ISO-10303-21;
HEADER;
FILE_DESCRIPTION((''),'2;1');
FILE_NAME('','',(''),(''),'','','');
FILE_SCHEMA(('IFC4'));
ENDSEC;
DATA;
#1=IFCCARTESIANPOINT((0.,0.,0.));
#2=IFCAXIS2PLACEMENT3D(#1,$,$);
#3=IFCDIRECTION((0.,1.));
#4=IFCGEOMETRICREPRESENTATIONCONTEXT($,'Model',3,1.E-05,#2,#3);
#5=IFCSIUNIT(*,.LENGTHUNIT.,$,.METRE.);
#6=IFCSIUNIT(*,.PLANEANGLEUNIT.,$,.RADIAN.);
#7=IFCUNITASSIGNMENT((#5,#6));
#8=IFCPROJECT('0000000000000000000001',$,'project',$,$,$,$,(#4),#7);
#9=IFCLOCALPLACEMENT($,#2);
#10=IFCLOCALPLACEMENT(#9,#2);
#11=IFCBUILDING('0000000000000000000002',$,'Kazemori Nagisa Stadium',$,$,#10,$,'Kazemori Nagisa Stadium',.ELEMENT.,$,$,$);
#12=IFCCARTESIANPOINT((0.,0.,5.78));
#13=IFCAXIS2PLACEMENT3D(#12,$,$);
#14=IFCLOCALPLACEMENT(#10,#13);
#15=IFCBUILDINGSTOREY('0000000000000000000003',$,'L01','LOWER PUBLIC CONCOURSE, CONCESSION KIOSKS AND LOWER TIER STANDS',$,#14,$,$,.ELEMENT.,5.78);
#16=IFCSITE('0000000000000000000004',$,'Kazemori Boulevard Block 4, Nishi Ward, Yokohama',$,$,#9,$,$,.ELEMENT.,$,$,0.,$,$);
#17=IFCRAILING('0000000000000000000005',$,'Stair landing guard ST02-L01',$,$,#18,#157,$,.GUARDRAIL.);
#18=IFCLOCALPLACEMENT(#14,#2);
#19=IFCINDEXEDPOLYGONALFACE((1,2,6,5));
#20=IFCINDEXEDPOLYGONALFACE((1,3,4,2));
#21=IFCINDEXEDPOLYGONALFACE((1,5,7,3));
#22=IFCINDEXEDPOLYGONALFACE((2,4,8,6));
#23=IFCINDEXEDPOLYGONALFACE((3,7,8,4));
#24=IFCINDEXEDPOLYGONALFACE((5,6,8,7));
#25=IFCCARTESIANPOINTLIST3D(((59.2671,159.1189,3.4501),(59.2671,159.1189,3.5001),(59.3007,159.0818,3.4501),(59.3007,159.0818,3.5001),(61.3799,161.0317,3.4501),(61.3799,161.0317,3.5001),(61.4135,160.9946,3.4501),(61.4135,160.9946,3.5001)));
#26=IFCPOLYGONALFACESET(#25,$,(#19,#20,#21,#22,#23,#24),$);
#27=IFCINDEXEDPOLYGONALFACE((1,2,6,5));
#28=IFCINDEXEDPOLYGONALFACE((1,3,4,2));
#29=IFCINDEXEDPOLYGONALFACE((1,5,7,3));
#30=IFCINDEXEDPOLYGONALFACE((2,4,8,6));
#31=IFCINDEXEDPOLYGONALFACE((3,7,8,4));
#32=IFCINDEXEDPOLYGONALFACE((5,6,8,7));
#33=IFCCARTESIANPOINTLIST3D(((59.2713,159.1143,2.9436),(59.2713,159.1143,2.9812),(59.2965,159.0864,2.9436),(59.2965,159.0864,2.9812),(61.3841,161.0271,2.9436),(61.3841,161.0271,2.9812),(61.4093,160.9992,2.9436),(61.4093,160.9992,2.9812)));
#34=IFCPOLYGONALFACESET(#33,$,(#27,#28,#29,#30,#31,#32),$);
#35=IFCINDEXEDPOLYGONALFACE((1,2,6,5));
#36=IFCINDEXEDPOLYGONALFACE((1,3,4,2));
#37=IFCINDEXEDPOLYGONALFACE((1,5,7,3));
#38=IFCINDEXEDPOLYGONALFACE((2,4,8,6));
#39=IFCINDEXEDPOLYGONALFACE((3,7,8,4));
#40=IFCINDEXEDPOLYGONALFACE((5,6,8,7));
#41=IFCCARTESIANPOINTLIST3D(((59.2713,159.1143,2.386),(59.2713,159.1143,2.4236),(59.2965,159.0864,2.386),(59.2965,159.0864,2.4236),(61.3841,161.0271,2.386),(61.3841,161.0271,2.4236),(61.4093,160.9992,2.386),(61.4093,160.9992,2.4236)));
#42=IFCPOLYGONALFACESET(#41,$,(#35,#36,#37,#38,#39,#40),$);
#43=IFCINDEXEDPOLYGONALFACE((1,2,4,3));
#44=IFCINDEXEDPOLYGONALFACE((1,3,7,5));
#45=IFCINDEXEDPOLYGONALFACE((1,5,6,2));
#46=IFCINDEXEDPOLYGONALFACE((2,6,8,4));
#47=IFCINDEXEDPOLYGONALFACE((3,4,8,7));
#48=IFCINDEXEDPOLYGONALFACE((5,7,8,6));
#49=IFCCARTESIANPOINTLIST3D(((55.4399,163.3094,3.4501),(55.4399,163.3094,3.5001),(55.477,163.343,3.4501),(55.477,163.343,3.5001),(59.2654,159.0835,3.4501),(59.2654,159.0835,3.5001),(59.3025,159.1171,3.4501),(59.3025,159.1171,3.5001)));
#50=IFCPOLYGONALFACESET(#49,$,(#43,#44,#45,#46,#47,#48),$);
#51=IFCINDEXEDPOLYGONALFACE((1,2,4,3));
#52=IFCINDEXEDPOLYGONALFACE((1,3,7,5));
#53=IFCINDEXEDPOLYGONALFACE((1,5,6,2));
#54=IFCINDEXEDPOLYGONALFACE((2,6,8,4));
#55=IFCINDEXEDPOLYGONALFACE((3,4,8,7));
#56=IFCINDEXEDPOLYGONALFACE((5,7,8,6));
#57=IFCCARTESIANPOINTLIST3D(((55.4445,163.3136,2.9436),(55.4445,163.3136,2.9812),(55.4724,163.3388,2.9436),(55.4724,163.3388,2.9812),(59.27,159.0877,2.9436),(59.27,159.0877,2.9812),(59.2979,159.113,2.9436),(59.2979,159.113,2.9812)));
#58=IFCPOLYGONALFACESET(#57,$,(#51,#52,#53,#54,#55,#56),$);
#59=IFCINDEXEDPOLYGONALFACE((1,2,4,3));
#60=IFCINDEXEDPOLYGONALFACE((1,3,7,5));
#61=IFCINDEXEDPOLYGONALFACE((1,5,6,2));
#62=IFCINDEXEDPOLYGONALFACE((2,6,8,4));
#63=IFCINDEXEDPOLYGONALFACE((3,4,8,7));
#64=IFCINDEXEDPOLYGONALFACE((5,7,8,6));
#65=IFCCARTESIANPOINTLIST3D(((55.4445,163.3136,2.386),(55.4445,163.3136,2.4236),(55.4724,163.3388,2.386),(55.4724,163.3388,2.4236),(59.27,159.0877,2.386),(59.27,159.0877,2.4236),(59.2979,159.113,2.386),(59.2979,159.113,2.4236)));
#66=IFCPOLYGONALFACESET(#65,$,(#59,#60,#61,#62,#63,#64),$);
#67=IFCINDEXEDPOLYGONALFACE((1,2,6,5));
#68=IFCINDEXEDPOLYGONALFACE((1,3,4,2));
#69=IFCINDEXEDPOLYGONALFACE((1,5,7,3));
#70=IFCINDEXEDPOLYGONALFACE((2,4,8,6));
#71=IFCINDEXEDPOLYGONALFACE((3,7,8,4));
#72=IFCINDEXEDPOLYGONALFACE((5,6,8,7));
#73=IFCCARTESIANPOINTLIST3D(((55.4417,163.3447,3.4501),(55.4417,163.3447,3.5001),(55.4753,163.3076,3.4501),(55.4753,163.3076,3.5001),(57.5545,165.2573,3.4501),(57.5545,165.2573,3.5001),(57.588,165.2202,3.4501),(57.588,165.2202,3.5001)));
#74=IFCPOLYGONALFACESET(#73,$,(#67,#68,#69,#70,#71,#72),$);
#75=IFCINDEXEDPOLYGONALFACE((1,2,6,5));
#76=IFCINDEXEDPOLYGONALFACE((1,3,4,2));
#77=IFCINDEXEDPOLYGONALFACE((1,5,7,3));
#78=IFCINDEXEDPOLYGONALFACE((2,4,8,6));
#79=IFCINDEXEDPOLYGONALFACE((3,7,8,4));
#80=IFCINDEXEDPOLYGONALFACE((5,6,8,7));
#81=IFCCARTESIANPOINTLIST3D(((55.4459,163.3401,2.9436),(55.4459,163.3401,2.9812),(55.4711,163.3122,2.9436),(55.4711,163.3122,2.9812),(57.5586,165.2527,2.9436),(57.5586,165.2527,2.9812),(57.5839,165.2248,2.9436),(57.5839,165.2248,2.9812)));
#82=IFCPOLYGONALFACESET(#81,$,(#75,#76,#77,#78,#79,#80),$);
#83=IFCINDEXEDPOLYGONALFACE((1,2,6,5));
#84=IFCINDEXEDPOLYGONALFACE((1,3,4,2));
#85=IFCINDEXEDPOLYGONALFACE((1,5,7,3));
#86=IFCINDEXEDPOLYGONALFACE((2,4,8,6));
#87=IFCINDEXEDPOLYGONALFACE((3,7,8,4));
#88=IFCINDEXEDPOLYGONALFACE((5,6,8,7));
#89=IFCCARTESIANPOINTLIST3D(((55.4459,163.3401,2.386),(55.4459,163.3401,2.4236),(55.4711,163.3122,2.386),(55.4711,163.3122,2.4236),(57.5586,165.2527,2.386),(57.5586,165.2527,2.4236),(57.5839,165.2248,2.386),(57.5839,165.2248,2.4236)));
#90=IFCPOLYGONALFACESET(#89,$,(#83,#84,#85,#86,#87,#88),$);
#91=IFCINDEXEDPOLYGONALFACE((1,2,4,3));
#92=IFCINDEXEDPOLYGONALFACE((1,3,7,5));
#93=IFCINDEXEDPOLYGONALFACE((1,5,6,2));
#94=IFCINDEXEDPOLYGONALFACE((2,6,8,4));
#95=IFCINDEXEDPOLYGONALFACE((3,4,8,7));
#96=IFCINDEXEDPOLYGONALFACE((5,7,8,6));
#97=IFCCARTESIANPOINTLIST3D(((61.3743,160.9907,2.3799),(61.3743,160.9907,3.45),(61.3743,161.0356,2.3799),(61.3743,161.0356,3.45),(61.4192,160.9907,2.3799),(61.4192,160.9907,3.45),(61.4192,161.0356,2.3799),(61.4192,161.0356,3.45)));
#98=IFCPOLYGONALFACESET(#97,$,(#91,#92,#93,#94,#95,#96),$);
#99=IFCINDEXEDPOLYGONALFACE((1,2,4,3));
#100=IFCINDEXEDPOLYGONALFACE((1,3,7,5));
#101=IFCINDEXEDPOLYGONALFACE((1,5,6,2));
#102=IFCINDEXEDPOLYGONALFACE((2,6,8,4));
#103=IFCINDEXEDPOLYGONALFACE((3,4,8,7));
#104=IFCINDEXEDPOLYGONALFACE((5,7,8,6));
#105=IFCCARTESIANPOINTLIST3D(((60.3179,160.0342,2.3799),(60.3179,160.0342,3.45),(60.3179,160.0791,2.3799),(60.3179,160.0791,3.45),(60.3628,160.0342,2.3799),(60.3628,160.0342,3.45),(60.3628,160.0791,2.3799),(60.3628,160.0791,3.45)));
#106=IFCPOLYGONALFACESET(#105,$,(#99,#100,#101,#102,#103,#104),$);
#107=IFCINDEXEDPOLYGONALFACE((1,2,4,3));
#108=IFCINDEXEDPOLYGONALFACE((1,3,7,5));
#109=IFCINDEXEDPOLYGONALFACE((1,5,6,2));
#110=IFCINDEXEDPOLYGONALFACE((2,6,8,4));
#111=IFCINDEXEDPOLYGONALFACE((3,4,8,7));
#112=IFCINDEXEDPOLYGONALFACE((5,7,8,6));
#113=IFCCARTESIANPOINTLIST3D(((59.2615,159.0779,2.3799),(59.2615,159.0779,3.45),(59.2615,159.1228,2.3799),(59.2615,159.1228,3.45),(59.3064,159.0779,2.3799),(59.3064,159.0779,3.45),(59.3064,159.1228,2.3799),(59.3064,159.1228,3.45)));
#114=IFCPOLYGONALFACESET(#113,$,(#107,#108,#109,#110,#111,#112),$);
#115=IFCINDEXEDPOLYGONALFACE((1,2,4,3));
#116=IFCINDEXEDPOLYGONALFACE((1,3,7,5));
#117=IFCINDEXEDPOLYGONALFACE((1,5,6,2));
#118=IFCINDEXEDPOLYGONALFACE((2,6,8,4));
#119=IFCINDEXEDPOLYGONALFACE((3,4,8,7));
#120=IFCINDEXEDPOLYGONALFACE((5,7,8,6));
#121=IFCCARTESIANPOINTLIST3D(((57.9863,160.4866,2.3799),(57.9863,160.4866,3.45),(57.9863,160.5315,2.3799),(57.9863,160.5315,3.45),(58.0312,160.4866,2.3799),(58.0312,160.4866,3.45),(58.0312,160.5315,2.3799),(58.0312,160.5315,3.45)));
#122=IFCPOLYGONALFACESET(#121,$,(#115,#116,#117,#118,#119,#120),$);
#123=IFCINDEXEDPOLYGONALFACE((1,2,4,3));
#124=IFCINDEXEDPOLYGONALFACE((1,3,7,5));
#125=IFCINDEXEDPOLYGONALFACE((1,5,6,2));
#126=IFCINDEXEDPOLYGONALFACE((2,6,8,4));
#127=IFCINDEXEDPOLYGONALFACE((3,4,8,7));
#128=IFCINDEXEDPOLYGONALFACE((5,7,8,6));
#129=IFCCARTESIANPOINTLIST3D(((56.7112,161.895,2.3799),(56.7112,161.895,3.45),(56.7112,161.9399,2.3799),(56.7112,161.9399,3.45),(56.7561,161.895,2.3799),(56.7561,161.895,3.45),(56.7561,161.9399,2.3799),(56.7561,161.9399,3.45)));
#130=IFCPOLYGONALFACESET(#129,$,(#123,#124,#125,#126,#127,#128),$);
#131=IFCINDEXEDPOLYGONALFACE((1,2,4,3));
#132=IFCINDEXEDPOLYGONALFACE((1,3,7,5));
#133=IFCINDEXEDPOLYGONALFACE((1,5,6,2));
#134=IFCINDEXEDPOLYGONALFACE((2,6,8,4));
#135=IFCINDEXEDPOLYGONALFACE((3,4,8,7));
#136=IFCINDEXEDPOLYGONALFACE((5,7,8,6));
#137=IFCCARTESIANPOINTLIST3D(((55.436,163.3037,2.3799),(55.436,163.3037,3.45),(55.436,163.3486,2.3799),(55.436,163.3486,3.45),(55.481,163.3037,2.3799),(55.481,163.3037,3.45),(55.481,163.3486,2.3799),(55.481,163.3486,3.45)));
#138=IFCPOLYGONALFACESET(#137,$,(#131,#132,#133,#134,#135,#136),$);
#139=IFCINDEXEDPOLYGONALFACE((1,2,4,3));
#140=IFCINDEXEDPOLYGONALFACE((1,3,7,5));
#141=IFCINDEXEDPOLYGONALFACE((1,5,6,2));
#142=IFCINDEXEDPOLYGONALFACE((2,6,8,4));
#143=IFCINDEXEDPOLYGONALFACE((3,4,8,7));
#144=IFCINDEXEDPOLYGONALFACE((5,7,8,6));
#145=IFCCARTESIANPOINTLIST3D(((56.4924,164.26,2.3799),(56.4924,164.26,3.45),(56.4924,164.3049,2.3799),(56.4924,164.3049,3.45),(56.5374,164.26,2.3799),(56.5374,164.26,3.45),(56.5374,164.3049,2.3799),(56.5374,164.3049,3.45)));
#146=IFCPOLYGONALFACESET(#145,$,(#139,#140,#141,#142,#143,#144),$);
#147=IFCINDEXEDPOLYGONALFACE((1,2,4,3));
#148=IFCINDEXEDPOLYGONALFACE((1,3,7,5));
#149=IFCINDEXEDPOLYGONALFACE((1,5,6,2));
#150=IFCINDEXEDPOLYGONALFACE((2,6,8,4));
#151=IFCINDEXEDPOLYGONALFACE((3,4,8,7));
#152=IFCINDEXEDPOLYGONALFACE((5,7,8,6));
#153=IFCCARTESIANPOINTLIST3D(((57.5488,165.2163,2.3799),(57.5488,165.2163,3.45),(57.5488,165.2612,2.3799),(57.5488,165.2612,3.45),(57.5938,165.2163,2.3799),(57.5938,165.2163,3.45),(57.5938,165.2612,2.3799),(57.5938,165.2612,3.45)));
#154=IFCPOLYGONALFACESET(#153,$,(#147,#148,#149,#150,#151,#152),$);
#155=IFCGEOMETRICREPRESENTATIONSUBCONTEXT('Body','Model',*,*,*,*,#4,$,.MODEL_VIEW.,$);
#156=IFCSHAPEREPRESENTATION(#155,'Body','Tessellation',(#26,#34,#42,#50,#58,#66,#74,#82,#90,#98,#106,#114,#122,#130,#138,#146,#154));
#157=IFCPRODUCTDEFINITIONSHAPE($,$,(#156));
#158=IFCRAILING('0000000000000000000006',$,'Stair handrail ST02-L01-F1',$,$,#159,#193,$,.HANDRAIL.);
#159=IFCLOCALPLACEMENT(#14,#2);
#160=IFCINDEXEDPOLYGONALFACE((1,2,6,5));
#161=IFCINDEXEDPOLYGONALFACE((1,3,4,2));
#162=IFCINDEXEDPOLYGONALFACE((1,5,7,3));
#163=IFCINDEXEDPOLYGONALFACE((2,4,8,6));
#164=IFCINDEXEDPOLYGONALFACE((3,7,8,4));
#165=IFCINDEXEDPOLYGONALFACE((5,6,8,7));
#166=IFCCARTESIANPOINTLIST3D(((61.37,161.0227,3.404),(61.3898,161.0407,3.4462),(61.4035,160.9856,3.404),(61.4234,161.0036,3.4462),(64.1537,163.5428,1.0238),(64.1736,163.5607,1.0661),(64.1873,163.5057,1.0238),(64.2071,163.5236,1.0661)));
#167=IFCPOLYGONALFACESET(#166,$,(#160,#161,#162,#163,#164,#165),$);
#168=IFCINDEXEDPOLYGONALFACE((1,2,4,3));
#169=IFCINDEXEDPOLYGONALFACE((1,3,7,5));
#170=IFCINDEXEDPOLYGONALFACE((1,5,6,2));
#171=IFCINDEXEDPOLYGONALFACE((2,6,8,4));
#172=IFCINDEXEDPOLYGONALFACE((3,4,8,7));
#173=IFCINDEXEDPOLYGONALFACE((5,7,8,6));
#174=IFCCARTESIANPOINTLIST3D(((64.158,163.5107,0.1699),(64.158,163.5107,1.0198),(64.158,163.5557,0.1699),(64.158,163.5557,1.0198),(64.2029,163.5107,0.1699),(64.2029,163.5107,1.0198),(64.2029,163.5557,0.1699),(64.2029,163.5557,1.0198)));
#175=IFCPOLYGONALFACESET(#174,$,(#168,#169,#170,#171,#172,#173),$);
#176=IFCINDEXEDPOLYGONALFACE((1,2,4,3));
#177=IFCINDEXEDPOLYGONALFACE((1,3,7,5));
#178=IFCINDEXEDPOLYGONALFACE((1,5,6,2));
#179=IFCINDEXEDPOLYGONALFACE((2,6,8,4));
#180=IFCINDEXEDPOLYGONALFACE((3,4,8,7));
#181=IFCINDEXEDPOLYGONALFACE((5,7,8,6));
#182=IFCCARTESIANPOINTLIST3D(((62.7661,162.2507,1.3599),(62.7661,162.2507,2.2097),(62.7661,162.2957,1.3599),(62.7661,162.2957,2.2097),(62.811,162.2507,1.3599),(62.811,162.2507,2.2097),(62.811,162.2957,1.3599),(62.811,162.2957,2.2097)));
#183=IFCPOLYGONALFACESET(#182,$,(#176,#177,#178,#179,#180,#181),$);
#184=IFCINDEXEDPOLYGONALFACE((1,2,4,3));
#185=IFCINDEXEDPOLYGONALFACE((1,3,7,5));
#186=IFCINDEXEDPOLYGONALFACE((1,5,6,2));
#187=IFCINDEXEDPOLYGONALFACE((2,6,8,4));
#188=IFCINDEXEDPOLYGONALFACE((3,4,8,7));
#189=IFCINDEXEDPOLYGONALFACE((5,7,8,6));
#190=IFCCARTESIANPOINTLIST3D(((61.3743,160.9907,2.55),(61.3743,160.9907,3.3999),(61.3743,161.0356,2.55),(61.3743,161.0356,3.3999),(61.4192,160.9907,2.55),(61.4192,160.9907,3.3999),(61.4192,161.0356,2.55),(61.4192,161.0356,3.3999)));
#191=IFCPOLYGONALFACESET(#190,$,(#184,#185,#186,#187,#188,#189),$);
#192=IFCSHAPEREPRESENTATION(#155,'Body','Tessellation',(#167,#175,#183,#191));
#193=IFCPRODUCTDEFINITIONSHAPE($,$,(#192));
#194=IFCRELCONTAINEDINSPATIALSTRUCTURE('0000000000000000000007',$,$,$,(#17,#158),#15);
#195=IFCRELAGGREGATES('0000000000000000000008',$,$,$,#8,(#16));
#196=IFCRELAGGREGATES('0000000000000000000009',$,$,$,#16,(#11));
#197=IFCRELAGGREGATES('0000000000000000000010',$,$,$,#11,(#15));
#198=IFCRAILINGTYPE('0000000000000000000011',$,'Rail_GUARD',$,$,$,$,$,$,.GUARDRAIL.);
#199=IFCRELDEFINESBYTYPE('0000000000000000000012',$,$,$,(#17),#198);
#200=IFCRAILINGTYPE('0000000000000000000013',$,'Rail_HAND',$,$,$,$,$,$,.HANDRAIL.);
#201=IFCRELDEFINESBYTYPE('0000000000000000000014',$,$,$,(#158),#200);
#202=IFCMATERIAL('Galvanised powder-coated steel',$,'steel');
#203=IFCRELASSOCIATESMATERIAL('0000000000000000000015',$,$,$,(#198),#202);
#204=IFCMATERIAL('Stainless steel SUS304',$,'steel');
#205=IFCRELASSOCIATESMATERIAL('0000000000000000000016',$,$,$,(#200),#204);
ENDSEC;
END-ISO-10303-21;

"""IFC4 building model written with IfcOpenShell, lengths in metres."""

from ifc_helpers import new_model, si_unit, direction, frame, origin, origin_2d, place, context, subcontext, project, spatial, rectangle, extrude, material, type_object, element, save


model = new_model("IFC4")

# Units and contexts
model_context = context("Model", 3, precision=1e-05, world=origin(), true_north=direction((0.0, 1.0)))
body_context = subcontext(model_context, "Body", "Model", "MODEL_VIEW")
ifc_project = project(units=[si_unit("LENGTHUNIT", "METRE"), si_unit("PLANEANGLEUNIT", "RADIAN")], contexts=[model_context])

# Site, building, storey
site_placement = place(None, origin())
site = spatial("IfcSite", under=ifc_project, at=site_placement, Name="Kazemori Boulevard Block 4, Nishi Ward, Yokohama", CompositionType="ELEMENT", RefElevation=0.0)
building_placement = place(site_placement, origin())
building = spatial("IfcBuilding", under=site, at=building_placement, Name="Kazemori Nagisa Stadium", LongName="Kazemori Nagisa Stadium", CompositionType="ELEMENT")
storey_placement = place(building_placement, frame((0.0, 0.0, 5.78)))
storey = spatial("IfcBuildingStorey", under=building, at=storey_placement, Name="L01", Description="LOWER PUBLIC CONCOURSE, CONCESSION KIOSKS AND LOWER TIER STANDS", CompositionType="ELEMENT", Elevation=5.78)

# Railings
ifc_material_1 = material(Name="Galvanised powder-coated steel", Category="steel")
railing_type_1 = type_object("IfcRailingType", Name="Rail_GUARD", PredefinedType="GUARDRAIL", material=ifc_material_1)
railing_1_placement = place(storey_placement, frame((61.3967, 161.0132, 2.3799)))
element("IfcRailing", 1, at=railing_1_placement, inside=storey, type_object=railing_type_1, Name="Stair landing guard ST02-L01", PredefinedType="GUARDRAIL", context=body_context, shape_type="SweptSolid", body=[
    extrude(rectangle(XDim=0.05, YDim=0.05, at=origin_2d()), frame((0.0, 0.0, 1.0952), z_axis=(-0.741315, -0.671158, 0.0), x_axis=(0.671158, -0.741315, 0.0)), (0.0, 0.0, 1.0), 2.8501),
    extrude(rectangle(XDim=0.0376, YDim=0.0376, at=origin_2d()), frame((0.0, 0.0, 0.5825), z_axis=(-0.741315, -0.671158, 0.0), x_axis=(0.671158, -0.741315, 0.0)), (0.0, 0.0, 1.0), 2.8501),
    extrude(rectangle(XDim=0.0376, YDim=0.0376, at=origin_2d()), frame((0.0, 0.0, 0.0249), z_axis=(-0.741315, -0.671158, 0.0), x_axis=(0.671158, -0.741315, 0.0)), (0.0, 0.0, 1.0), 2.8501),
    extrude(rectangle(XDim=0.05, YDim=0.05, at=origin_2d()), frame((-2.1128, -1.9128, 1.0952), z_axis=(-0.671113, 0.741355, 0.0), x_axis=(-0.741355, -0.671113, 0.0)), (0.0, 0.0, 1.0), 5.7002),
    extrude(rectangle(XDim=0.0376, YDim=0.0376, at=origin_2d()), frame((-2.1128, -1.9128, 0.5825), z_axis=(-0.671113, 0.741355, 0.0), x_axis=(-0.741355, -0.671113, 0.0)), (0.0, 0.0, 1.0), 5.7002),
    extrude(rectangle(XDim=0.0376, YDim=0.0376, at=origin_2d()), frame((-2.1128, -1.9128, 0.0249), z_axis=(-0.671113, 0.741355, 0.0), x_axis=(-0.741355, -0.671113, 0.0)), (0.0, 0.0, 1.0), 5.7002),
    extrude(rectangle(XDim=0.05, YDim=0.05, at=origin_2d()), frame((-5.9382, 2.313, 1.0952), z_axis=(0.741357, 0.671111, 0.0), x_axis=(-0.671111, 0.741357, 0.0)), (0.0, 0.0, 1.0), 2.8499),
    extrude(rectangle(XDim=0.0376, YDim=0.0376, at=origin_2d()), frame((-5.9382, 2.313, 0.5825), z_axis=(0.741357, 0.671111, 0.0), x_axis=(-0.671111, 0.741357, 0.0)), (0.0, 0.0, 1.0), 2.8499),
    extrude(rectangle(XDim=0.0376, YDim=0.0376, at=origin_2d()), frame((-5.9382, 2.313, 0.0249), z_axis=(0.741357, 0.671111, 0.0), x_axis=(-0.671111, 0.741357, 0.0)), (0.0, 0.0, 1.0), 2.8499),
    extrude(rectangle(XDim=0.0449, YDim=0.0449, at=origin_2d()), origin(), (0.0, 0.0, 1.0), 1.0701),
    extrude(rectangle(XDim=0.0449, YDim=0.0449, at=origin_2d()), frame((-1.0564, -0.9565, 0.0)), (0.0, 0.0, 1.0), 1.0701),
    extrude(rectangle(XDim=0.0449, YDim=0.0449, at=origin_2d()), frame((-2.1128, -1.9128, 0.0)), (0.0, 0.0, 1.0), 1.0701),
    extrude(rectangle(XDim=0.0449, YDim=0.0449, at=origin_2d()), frame((-3.3879, -0.5042, 0.0)), (0.0, 0.0, 1.0), 1.0701),
    extrude(rectangle(XDim=0.0449, YDim=0.0449, at=origin_2d()), frame((-4.6631, 0.9043, 0.0)), (0.0, 0.0, 1.0), 1.0701),
    extrude(rectangle(XDim=0.0449, YDim=0.0449, at=origin_2d()), frame((-5.9382, 2.313, 0.0)), (0.0, 0.0, 1.0), 1.0701),
    extrude(rectangle(XDim=0.0449, YDim=0.0449, at=origin_2d()), frame((-4.8818, 3.2693, 0.0)), (0.0, 0.0, 1.0), 1.0701),
    extrude(rectangle(XDim=0.0449, YDim=0.0449, at=origin_2d()), frame((-3.8254, 4.2256, 0.0)), (0.0, 0.0, 1.0), 1.0701),
])
ifc_material_2 = material(Name="Stainless steel SUS304", Category="steel")
railing_type_2 = type_object("IfcRailingType", Name="Rail_HAND", PredefinedType="HANDRAIL", material=ifc_material_2)
railing_2_placement = place(storey_placement, frame((64.1804, 163.5332, 0.1699)))
element("IfcRailing", 2, at=railing_2_placement, inside=storey, type_object=railing_type_2, Name="Stair handrail ST02-L01-F1", PredefinedType="HANDRAIL", context=body_context, shape_type="SweptSolid", body=[
    extrude(rectangle(XDim=0.05, YDim=0.05, at=origin_2d()), frame((0.0, 0.0, 0.875), z_axis=(-0.626151, -0.566842, 0.535375), x_axis=(0.671124, -0.741345, 0.0)), (0.0, 0.0, 1.0), 4.4458),
    extrude(rectangle(XDim=0.0449, YDim=0.0449, at=origin_2d()), origin(), (0.0, 0.0, 1.0), 0.8499),
    extrude(rectangle(XDim=0.0449, YDim=0.0449, at=origin_2d()), frame((-1.3918, -1.26, 1.1899)), (0.0, 0.0, 1.0), 0.8499),
    extrude(rectangle(XDim=0.0449, YDim=0.0449, at=origin_2d()), frame((-2.7837, -2.52, 2.3801)), (0.0, 0.0, 1.0), 0.8499),
])

save(model, "model.ifc")
